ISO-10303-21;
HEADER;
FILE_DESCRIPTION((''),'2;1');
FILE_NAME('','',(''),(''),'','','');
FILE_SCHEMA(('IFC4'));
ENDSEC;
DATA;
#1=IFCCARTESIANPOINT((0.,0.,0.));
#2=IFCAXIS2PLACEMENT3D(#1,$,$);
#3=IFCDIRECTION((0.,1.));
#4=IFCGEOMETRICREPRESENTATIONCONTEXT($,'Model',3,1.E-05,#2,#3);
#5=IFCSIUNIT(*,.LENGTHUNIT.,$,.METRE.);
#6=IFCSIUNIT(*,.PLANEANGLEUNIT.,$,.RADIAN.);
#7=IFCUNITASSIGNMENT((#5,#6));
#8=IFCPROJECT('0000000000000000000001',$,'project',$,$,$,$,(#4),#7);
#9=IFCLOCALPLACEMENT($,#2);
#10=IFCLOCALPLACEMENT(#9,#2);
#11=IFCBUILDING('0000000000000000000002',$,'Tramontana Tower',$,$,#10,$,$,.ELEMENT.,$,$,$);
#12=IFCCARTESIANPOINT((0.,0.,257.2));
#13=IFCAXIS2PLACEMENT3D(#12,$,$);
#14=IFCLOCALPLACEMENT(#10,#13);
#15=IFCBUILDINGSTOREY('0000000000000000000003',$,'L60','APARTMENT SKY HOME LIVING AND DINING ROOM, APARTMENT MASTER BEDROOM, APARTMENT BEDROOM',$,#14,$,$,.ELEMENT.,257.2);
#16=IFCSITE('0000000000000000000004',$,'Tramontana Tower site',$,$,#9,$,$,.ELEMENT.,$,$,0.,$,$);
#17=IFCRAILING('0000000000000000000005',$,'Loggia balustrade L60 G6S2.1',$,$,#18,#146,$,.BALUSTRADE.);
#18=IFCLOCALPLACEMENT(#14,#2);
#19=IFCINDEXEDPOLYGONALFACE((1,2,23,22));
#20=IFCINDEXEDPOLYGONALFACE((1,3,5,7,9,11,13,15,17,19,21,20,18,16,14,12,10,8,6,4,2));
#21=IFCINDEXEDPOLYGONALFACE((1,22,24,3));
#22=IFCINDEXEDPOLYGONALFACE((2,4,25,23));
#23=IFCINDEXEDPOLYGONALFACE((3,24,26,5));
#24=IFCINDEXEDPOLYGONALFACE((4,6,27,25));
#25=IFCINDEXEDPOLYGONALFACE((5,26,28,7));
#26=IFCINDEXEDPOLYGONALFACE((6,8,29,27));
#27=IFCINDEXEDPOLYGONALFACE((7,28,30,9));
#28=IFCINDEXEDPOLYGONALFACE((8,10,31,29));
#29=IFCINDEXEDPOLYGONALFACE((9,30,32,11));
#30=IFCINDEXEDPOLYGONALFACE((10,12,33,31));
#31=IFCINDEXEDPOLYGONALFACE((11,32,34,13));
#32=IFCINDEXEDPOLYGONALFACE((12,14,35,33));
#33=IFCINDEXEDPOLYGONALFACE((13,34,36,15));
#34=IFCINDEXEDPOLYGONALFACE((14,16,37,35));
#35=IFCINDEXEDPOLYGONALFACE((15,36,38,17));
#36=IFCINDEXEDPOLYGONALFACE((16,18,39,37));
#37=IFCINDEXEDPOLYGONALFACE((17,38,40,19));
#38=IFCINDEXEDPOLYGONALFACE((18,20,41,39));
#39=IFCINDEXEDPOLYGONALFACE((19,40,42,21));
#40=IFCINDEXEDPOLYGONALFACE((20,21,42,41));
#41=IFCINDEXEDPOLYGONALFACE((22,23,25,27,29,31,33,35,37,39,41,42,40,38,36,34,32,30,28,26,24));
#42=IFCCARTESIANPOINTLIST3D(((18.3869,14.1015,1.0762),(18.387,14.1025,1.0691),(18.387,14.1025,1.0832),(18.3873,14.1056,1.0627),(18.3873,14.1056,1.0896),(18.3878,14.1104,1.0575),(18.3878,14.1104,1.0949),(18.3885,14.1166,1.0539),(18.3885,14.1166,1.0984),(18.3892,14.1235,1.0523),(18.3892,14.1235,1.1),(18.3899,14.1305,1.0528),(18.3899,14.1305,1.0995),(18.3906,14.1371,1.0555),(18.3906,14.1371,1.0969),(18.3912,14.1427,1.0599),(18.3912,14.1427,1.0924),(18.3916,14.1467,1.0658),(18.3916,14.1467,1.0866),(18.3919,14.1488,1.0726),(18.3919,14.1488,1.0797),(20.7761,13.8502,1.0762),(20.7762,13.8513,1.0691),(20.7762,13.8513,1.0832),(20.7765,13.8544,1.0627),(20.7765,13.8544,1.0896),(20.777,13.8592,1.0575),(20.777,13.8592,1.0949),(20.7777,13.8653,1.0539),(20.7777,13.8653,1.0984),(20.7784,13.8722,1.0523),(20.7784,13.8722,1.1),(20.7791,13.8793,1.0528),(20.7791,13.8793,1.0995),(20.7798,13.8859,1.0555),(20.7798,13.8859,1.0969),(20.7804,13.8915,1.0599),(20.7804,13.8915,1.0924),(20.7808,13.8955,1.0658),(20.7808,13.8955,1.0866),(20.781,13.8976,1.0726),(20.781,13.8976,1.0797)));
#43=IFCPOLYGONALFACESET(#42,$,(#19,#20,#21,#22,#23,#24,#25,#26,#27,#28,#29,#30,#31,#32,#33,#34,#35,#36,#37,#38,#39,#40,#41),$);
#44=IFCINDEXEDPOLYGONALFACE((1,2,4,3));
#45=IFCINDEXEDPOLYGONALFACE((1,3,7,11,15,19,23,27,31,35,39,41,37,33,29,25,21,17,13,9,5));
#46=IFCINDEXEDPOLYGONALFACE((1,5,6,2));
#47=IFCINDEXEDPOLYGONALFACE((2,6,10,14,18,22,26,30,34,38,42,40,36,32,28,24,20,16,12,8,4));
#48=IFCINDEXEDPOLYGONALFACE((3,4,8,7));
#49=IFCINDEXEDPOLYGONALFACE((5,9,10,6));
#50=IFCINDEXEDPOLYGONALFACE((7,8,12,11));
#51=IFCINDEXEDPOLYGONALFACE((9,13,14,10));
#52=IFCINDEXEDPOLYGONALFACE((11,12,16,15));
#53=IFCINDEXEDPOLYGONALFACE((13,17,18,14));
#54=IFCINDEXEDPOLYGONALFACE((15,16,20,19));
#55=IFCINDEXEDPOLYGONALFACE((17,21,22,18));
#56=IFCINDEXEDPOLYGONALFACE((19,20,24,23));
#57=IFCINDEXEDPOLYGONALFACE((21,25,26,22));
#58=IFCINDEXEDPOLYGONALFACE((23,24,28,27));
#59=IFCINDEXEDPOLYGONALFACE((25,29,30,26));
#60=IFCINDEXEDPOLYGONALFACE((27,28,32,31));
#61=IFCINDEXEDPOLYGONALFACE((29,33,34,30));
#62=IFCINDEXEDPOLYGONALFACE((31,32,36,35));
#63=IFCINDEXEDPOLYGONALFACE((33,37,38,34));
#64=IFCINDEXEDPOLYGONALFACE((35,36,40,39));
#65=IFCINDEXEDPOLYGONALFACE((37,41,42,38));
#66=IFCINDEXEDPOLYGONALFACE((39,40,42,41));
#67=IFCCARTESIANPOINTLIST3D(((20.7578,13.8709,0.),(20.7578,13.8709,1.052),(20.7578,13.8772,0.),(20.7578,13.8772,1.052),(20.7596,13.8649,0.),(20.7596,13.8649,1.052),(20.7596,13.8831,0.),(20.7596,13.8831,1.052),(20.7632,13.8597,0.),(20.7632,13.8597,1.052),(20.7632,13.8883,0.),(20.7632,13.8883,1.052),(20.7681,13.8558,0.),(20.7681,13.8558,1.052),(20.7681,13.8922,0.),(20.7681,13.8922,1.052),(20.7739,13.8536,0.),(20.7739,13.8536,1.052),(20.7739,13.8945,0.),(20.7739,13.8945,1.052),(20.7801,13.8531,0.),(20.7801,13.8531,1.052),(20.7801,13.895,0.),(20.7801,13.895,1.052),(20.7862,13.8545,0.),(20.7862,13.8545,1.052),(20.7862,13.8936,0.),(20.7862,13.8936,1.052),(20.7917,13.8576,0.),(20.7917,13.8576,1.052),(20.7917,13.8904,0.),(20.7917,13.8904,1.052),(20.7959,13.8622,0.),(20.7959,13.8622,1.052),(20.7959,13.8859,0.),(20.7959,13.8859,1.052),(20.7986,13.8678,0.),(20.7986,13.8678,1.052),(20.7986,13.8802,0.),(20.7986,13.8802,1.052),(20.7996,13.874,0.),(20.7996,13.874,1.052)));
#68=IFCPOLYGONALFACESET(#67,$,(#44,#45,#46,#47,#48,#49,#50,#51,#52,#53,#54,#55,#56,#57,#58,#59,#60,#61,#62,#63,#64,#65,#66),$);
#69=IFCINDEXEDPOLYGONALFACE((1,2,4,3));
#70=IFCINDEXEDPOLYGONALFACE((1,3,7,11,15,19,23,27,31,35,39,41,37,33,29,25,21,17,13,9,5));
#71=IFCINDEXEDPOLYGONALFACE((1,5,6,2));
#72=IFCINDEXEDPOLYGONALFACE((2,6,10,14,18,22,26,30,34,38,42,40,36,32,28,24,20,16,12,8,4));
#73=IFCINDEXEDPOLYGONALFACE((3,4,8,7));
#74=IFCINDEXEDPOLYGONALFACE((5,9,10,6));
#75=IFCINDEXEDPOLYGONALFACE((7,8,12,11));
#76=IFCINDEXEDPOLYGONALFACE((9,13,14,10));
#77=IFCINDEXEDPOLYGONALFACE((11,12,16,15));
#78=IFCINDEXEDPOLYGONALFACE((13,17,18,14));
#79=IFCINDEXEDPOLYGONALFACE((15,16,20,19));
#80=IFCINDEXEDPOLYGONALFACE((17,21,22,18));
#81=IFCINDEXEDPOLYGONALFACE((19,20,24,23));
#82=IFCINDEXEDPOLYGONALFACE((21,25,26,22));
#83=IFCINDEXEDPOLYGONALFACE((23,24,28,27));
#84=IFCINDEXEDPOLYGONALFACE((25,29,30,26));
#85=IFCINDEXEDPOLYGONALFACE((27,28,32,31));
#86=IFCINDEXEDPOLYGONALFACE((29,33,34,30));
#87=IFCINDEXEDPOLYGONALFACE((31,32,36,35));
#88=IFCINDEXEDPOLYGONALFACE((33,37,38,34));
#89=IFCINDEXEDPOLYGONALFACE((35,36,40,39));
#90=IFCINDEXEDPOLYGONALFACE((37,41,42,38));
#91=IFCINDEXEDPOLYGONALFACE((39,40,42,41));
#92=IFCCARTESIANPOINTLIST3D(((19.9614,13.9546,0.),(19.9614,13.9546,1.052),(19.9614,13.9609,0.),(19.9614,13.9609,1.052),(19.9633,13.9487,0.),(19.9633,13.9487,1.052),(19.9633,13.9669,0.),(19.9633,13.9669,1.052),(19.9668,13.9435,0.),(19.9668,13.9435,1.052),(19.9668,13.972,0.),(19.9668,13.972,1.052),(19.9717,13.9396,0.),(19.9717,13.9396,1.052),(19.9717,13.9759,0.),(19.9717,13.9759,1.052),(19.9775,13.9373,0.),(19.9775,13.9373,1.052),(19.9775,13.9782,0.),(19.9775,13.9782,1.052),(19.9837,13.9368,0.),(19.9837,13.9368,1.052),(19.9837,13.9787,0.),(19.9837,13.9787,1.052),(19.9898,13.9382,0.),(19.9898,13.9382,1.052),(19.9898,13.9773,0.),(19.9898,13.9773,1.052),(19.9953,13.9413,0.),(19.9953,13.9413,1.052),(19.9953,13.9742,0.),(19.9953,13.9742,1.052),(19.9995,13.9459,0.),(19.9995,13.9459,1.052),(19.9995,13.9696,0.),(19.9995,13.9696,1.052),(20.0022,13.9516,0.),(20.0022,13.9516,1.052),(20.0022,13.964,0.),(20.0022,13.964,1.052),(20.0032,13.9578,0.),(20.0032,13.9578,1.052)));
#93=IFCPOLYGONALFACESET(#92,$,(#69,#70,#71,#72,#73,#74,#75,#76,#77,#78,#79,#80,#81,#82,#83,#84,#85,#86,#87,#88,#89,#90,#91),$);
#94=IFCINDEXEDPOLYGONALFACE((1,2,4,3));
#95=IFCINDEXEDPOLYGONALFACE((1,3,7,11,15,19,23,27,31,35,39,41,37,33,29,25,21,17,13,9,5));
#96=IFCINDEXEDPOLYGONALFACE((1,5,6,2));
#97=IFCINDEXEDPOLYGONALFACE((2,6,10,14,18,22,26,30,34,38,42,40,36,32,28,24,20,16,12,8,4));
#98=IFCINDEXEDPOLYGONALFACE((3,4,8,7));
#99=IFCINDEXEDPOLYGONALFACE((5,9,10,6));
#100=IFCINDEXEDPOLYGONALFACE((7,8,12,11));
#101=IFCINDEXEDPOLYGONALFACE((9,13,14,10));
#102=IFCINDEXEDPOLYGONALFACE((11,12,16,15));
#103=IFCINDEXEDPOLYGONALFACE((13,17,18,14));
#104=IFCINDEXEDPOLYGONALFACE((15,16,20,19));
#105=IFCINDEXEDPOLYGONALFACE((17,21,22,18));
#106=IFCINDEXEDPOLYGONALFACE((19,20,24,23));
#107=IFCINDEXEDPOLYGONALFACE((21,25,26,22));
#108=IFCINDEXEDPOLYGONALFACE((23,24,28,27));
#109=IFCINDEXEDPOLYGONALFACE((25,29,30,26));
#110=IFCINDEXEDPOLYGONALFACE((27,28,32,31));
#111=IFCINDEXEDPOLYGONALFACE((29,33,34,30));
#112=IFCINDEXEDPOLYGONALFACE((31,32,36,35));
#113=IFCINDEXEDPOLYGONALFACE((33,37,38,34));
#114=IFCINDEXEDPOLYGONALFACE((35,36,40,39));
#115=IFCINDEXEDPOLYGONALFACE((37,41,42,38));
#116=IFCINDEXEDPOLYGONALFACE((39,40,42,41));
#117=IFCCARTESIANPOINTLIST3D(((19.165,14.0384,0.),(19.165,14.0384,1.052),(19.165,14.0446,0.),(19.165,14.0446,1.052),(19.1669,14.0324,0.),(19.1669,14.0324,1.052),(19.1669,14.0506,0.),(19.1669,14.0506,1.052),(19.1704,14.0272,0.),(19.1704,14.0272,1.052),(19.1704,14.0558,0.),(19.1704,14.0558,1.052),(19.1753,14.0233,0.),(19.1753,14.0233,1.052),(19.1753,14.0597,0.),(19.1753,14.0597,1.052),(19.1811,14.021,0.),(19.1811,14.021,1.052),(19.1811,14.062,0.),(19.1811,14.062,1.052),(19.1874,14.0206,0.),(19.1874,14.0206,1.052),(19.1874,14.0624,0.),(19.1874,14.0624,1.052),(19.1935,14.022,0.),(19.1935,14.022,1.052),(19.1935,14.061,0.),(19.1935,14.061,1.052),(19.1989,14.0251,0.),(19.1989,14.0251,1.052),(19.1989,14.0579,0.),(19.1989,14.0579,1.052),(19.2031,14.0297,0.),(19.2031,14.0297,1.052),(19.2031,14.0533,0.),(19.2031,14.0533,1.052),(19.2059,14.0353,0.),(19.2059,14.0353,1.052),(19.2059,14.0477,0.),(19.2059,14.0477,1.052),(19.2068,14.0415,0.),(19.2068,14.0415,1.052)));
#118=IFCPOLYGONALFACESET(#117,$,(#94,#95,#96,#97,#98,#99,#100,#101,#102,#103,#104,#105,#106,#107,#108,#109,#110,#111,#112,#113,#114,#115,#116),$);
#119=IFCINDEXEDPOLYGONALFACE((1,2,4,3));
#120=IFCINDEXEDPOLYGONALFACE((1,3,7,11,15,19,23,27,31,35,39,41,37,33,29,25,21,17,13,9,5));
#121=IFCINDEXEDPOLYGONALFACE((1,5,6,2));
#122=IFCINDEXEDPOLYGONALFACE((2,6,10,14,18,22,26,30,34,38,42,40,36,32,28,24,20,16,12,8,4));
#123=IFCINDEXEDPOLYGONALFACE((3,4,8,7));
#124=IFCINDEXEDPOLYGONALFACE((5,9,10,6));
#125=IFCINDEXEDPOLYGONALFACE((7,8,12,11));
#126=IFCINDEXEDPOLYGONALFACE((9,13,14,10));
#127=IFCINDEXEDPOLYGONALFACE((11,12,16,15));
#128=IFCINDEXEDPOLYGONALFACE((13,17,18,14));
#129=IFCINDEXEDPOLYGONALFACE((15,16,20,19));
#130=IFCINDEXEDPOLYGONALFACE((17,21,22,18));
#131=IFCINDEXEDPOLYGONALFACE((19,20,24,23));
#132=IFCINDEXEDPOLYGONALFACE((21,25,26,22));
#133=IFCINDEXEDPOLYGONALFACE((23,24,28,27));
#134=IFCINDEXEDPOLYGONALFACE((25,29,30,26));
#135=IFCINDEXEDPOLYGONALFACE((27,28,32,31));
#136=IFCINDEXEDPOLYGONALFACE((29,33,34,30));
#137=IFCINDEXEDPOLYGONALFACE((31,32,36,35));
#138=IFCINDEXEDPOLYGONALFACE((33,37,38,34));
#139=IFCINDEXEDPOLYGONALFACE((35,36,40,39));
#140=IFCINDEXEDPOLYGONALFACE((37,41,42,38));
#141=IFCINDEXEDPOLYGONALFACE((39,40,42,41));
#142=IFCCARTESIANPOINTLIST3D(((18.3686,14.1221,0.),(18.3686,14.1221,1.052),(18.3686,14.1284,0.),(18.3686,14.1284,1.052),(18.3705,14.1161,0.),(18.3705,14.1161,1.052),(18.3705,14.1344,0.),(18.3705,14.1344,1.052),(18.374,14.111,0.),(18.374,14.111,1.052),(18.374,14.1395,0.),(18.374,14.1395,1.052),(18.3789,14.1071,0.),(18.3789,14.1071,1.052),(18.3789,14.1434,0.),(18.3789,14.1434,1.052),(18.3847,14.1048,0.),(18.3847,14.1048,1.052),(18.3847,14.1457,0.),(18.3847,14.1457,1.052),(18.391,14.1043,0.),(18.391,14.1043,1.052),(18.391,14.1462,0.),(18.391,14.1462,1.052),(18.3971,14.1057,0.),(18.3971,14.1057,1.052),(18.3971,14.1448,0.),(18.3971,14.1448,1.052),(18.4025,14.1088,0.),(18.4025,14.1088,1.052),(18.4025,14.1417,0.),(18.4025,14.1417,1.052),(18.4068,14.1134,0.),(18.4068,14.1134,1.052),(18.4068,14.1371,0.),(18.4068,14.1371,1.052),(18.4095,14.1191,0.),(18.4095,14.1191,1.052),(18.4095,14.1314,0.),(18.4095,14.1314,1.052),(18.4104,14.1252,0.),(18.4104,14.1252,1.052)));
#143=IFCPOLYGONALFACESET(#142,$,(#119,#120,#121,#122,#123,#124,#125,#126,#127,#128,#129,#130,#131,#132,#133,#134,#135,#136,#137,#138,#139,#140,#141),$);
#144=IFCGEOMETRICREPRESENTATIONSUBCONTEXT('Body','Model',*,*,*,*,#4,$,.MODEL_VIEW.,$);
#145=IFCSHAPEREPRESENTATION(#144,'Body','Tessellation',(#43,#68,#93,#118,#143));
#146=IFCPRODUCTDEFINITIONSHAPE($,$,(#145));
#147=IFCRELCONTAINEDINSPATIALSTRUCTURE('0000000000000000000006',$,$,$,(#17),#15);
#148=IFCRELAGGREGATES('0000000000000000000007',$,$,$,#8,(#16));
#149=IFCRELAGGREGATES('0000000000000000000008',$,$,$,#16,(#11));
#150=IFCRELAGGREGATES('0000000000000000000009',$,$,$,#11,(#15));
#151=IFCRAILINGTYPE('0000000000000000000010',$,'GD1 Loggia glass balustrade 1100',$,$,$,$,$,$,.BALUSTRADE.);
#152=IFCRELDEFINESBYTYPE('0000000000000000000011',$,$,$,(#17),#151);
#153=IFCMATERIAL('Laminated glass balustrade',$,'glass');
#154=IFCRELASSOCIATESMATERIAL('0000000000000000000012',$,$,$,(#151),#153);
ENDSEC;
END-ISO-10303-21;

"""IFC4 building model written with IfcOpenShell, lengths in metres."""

from ifc_helpers import new_model, si_unit, direction, frame, origin, origin_2d, place, context, subcontext, project, spatial, circle, extrude, material, type_object, element, save


model = new_model("IFC4")

# Units and contexts
model_context = context("Model", 3, precision=1e-05, world=origin(), true_north=direction((0.0, 1.0)))
body_context = subcontext(model_context, "Body", "Model", "MODEL_VIEW")
ifc_project = project(units=[si_unit("LENGTHUNIT", "METRE"), si_unit("PLANEANGLEUNIT", "RADIAN")], contexts=[model_context])

# Site, building, storey
site_placement = place(None, origin())
site = spatial("IfcSite", under=ifc_project, at=site_placement, Name="Tramontana Tower site", CompositionType="ELEMENT", RefElevation=0.0)
building_placement = place(site_placement, origin())
building = spatial("IfcBuilding", under=site, at=building_placement, Name="Tramontana Tower", CompositionType="ELEMENT")
storey_placement = place(building_placement, frame((0.0, 0.0, 257.2)))
storey = spatial("IfcBuildingStorey", under=building, at=storey_placement, Name="L60", Description="APARTMENT SKY HOME LIVING AND DINING ROOM, APARTMENT MASTER BEDROOM, APARTMENT BEDROOM", CompositionType="ELEMENT", Elevation=257.2)

# Railing
ifc_material_1 = material(Name="Laminated glass balustrade", Category="glass")
railing_type = type_object("IfcRailingType", Name="GD1 Loggia glass balustrade 1100", PredefinedType="BALUSTRADE", material=ifc_material_1)
railing_1_placement = place(storey_placement, frame((20.7786, 13.874, 0.0)))
element("IfcRailing", 1, at=railing_1_placement, inside=storey, type_object=railing_type, Name="Loggia balustrade L60 G6S2.1", PredefinedType="BALUSTRADE", context=body_context, shape_type="SweptSolid", body=[
    extrude(circle(Radius=0.0239, at=origin_2d()), frame((0.0, 0.0, 1.0762), z_axis=(-0.994517, 0.104574, 0.0), x_axis=(-0.104574, -0.994517, 0.0)), (0.0, 0.0, 1.0), 2.4023),
    extrude(circle(Radius=0.021, at=origin_2d()), origin(), (0.0, 0.0, 1.0), 1.052),
    extrude(circle(Radius=0.021, at=origin_2d()), frame((-0.7964, 0.0837, 0.0)), (0.0, 0.0, 1.0), 1.052),
    extrude(circle(Radius=0.021, at=origin_2d()), frame((-1.5928, 0.1675, 0.0)), (0.0, 0.0, 1.0), 1.052),
    extrude(circle(Radius=0.021, at=origin_2d()), frame((-2.3892, 0.2512, 0.0)), (0.0, 0.0, 1.0), 1.052),
])

save(model, "model.ifc")
